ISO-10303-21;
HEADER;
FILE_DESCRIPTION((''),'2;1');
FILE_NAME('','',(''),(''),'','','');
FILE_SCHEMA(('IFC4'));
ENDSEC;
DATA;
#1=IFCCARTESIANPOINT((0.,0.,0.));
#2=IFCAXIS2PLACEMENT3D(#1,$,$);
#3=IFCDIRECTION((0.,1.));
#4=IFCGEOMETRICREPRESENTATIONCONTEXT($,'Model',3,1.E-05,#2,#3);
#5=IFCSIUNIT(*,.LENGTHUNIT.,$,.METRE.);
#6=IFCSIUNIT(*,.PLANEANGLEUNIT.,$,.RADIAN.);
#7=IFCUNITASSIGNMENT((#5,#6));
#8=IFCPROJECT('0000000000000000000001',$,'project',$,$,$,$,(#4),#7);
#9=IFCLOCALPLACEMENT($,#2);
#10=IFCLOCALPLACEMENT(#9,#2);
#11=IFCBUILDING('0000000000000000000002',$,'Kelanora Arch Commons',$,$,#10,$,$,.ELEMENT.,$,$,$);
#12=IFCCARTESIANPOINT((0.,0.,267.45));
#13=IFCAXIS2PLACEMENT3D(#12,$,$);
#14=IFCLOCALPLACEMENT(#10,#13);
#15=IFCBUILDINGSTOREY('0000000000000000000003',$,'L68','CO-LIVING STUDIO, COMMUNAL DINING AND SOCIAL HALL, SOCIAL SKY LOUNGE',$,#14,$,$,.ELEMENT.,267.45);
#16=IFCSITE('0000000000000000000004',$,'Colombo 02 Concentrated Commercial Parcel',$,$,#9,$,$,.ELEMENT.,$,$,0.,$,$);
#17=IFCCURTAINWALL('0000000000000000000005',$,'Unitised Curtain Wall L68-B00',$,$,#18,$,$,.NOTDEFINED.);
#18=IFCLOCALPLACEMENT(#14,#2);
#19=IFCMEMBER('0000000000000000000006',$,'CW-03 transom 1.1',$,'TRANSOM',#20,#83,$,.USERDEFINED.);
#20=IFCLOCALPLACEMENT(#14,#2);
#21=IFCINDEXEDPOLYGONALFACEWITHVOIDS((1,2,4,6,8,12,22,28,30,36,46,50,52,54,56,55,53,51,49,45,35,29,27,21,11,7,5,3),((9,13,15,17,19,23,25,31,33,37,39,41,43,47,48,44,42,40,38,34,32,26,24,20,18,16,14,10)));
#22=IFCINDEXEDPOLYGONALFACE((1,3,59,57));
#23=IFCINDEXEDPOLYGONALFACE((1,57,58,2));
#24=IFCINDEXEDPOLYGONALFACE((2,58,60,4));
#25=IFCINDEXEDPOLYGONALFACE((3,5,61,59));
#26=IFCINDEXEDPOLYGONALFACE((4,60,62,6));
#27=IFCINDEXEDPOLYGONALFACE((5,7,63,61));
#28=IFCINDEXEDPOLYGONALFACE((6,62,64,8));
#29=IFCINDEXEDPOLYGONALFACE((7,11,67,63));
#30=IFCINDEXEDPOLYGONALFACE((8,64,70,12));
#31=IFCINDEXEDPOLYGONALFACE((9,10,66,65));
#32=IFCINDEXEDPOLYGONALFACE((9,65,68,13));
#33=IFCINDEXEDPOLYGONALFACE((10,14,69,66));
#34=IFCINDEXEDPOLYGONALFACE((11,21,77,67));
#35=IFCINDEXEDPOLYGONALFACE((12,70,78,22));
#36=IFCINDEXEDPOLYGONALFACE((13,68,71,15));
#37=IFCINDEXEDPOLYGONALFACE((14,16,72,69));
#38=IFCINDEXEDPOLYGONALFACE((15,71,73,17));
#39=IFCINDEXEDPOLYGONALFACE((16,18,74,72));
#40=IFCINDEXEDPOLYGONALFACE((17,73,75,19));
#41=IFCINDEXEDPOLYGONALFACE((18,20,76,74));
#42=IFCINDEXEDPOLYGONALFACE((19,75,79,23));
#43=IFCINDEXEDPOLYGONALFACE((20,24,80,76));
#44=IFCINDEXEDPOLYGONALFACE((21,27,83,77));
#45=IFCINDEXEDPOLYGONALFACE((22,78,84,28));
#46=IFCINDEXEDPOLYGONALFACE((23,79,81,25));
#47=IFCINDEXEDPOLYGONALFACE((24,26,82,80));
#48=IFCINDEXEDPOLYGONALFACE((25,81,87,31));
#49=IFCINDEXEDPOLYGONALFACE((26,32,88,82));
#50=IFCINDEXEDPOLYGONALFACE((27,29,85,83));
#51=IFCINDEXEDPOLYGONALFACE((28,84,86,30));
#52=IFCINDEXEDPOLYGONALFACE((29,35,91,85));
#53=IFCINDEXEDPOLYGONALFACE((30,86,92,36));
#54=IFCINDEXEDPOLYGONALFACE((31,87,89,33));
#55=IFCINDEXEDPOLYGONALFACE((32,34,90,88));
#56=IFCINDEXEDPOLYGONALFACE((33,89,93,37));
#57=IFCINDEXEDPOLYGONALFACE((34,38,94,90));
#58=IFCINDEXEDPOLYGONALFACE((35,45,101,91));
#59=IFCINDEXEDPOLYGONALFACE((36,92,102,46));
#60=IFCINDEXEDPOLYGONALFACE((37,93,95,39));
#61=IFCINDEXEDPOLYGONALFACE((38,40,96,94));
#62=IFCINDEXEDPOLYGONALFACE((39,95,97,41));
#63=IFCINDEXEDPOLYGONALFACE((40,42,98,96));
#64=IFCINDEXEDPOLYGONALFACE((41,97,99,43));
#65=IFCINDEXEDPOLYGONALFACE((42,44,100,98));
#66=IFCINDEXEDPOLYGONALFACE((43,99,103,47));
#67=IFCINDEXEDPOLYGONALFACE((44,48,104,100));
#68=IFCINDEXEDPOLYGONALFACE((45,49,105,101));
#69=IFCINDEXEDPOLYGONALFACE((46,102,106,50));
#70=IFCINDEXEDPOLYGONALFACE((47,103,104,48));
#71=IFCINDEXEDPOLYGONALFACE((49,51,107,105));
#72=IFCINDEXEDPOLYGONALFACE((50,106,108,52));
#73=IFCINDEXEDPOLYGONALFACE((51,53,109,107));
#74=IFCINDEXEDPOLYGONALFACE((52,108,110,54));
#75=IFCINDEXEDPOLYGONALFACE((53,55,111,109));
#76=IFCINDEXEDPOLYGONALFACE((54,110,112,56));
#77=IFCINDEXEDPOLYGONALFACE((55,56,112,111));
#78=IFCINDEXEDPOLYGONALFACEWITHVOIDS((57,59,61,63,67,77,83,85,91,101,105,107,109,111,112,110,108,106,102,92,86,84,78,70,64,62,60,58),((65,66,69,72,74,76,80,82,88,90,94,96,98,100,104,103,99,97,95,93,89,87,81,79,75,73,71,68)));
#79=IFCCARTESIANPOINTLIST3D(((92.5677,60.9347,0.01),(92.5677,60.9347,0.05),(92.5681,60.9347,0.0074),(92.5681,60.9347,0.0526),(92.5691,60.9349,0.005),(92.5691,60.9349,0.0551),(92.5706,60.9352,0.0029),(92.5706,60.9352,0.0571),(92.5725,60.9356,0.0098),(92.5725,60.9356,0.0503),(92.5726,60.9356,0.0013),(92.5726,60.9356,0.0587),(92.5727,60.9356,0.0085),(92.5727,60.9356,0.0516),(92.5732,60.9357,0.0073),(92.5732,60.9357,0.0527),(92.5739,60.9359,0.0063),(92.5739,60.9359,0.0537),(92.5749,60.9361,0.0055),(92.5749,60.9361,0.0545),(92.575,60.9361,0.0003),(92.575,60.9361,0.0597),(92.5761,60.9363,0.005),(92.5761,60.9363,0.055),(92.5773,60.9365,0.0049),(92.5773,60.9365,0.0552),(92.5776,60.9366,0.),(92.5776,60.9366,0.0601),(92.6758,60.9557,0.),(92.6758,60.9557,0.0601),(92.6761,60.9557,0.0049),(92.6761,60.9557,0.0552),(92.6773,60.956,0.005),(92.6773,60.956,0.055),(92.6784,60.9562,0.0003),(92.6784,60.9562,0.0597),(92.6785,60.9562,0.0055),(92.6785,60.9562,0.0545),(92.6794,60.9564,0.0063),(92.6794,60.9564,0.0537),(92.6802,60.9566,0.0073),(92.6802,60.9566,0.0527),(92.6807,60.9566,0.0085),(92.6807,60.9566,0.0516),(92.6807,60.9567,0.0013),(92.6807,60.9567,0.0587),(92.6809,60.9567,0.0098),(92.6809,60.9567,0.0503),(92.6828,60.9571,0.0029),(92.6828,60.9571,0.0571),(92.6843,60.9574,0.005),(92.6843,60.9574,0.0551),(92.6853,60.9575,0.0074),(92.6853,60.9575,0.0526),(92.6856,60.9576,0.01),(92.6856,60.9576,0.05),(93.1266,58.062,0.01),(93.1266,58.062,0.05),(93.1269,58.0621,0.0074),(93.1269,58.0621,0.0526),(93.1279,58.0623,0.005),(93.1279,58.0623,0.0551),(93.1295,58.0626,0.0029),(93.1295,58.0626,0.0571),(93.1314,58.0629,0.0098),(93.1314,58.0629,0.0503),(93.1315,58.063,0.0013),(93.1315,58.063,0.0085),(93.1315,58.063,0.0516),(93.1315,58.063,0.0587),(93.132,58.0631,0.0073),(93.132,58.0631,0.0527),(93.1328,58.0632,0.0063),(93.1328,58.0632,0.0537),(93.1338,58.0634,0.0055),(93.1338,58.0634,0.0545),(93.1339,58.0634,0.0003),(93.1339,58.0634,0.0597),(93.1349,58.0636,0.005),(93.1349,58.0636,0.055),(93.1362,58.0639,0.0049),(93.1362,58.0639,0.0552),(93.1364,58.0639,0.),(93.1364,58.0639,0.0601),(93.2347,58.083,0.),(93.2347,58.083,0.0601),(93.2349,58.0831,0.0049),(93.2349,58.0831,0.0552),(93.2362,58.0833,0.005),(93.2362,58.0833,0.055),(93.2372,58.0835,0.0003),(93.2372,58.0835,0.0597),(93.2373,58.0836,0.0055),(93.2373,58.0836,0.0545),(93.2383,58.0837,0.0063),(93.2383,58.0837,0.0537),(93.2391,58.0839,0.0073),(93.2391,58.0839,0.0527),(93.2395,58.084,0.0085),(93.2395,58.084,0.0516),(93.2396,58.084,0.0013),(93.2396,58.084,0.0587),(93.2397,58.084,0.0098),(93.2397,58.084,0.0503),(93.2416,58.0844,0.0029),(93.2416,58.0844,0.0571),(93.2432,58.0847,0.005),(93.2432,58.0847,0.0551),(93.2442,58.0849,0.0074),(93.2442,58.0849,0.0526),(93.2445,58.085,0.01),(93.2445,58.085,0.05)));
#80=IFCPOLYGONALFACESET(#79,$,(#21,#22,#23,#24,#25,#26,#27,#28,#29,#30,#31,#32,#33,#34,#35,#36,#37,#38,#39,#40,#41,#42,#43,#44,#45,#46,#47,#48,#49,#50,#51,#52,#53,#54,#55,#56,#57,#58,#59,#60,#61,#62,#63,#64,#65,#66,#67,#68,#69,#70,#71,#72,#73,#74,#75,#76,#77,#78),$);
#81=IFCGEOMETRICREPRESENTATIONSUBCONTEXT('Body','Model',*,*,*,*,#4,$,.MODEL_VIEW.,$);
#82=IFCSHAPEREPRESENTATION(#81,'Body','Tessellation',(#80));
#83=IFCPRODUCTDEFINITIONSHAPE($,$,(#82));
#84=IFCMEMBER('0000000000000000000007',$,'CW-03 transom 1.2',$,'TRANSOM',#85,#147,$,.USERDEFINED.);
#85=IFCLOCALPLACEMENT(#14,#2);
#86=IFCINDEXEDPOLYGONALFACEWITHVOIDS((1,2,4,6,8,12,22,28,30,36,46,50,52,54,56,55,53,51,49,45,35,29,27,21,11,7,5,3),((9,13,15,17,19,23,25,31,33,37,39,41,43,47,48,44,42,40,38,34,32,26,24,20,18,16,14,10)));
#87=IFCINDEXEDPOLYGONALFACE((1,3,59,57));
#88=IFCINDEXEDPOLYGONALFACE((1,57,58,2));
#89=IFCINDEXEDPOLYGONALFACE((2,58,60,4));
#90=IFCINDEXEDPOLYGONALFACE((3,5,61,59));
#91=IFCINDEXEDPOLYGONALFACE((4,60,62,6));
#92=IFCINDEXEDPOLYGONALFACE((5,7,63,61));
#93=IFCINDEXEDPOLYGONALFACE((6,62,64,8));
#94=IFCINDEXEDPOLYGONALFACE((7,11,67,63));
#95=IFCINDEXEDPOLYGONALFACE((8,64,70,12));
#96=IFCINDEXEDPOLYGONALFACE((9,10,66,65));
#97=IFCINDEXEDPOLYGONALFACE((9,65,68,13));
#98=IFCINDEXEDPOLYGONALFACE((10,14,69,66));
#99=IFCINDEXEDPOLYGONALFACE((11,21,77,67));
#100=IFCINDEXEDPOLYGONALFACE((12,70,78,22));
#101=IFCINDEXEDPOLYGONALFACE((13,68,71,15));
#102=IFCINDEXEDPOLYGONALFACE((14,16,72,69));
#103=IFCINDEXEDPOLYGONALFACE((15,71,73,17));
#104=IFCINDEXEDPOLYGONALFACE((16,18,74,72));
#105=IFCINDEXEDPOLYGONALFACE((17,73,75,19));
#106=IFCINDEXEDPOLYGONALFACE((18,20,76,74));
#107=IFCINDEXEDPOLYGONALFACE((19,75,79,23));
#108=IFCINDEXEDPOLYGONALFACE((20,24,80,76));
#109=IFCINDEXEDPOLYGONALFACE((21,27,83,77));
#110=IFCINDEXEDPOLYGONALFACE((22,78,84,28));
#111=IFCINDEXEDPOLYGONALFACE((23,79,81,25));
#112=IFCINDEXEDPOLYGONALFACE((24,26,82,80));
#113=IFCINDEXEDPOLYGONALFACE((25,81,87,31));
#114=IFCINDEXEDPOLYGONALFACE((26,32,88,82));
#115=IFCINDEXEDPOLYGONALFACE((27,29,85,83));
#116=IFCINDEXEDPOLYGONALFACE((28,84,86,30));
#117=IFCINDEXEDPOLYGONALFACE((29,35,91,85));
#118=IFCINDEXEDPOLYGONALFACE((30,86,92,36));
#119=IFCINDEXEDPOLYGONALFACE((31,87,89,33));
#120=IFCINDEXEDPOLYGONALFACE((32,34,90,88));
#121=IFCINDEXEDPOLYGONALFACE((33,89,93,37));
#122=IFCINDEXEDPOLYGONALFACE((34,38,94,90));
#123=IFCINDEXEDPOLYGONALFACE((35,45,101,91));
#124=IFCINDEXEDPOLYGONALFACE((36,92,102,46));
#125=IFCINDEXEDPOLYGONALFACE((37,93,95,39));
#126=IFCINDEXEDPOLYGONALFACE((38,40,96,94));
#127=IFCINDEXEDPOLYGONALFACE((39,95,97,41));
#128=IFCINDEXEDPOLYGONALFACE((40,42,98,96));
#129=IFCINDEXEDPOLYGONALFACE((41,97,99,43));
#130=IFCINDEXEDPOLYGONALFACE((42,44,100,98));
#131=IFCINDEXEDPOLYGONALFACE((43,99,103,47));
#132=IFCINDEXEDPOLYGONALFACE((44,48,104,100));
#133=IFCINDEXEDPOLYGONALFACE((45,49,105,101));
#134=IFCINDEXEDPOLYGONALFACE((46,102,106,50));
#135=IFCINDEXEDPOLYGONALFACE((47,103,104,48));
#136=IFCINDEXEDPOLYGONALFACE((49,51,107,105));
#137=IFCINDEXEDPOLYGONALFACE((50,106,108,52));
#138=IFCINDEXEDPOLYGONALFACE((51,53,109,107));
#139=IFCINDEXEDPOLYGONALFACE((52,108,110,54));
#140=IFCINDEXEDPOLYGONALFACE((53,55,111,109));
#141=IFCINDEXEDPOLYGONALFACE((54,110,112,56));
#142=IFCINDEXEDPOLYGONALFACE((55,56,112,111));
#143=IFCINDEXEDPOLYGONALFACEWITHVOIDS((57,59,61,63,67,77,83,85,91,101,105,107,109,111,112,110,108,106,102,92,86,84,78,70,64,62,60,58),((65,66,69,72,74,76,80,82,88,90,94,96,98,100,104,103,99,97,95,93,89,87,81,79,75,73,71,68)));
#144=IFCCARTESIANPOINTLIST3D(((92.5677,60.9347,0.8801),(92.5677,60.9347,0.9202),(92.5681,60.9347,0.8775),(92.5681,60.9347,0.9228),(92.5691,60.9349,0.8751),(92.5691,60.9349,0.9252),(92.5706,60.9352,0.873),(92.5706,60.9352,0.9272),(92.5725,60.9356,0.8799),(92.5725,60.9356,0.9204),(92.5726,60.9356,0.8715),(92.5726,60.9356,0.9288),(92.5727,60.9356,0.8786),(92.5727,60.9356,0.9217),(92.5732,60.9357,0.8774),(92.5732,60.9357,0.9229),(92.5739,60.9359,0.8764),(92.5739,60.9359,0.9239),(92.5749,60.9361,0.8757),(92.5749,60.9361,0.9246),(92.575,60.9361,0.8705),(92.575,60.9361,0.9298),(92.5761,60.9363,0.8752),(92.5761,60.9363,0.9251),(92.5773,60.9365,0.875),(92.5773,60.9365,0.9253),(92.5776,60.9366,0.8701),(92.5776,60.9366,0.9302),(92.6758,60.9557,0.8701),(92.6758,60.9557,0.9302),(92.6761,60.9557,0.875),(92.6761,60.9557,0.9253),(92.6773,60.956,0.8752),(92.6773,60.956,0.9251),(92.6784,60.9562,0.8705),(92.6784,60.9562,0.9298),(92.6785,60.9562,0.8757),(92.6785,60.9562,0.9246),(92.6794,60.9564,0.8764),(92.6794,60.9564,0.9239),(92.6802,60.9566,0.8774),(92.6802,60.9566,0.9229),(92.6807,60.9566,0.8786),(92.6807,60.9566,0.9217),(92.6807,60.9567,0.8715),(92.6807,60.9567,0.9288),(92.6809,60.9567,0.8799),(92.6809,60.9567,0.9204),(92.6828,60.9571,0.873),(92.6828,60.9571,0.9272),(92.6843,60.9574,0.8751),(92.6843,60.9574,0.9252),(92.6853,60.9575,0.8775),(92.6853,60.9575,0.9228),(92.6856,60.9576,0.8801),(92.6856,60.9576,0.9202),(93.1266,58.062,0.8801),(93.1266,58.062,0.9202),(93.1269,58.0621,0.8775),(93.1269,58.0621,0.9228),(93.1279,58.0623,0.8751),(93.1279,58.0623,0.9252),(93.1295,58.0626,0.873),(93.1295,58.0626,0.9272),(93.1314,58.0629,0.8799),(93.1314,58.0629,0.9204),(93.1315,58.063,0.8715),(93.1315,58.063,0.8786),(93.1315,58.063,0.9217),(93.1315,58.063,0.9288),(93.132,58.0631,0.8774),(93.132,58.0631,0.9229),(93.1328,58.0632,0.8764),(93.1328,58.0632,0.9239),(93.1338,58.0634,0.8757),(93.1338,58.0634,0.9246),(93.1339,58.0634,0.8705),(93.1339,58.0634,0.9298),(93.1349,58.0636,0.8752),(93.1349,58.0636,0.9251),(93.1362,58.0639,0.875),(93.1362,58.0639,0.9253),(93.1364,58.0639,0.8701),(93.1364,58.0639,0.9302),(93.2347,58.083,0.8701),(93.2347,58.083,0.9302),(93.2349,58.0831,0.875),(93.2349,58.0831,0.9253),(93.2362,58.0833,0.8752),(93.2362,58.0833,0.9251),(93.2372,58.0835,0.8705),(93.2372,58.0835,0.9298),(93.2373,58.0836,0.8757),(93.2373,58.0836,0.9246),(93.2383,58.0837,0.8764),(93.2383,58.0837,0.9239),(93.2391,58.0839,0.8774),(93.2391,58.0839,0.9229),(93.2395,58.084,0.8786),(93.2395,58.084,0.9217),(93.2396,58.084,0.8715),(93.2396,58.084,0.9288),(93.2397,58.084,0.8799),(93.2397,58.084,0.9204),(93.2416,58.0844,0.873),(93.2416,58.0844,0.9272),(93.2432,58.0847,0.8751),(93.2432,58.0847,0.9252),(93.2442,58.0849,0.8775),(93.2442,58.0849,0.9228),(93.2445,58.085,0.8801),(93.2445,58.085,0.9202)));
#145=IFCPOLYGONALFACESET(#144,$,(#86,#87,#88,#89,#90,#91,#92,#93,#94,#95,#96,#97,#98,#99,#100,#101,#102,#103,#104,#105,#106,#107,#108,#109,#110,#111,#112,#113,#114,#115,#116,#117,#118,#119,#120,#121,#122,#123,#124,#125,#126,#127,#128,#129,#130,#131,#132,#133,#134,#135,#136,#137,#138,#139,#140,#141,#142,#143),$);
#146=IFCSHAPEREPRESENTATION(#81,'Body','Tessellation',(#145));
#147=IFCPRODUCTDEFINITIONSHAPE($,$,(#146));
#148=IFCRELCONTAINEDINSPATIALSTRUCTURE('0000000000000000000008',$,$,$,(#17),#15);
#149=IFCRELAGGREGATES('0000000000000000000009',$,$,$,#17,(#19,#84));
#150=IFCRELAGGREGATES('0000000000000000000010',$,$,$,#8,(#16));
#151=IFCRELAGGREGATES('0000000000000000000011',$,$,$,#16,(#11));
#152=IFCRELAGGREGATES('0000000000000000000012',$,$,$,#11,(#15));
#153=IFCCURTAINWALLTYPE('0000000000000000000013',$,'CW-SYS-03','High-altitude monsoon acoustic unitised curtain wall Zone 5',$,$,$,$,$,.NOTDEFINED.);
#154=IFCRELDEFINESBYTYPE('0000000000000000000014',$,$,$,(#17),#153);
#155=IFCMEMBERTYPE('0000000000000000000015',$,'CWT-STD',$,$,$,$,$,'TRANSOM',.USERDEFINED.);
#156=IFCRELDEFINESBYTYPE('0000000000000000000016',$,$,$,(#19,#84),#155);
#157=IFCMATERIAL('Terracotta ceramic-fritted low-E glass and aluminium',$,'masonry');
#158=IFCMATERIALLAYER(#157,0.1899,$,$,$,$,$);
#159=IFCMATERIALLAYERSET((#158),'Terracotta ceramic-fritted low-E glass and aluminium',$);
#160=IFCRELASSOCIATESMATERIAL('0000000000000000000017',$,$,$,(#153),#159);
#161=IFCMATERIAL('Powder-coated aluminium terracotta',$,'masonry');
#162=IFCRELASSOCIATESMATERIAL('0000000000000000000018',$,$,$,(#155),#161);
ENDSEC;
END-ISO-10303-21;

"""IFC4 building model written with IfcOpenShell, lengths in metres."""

from ifc_helpers import new_model, si_unit, direction, frame, origin, origin_2d, place, context, subcontext, project, spatial, hollow_rectangle, extrude, material, layer, layer_set, material_profile, profile_set, type_object, element, aggregate, save


model = new_model("IFC4")

# Units and contexts
model_context = context("Model", 3, precision=1e-05, world=origin(), true_north=direction((0.0, 1.0)))
body_context = subcontext(model_context, "Body", "Model", "MODEL_VIEW")
ifc_project = project(units=[si_unit("LENGTHUNIT", "METRE"), si_unit("PLANEANGLEUNIT", "RADIAN")], contexts=[model_context])

# Site, building, storey
site_placement = place(None, origin())
site = spatial("IfcSite", under=ifc_project, at=site_placement, Name="Colombo 02 Concentrated Commercial Parcel", CompositionType="ELEMENT", RefElevation=0.0)
building_placement = place(site_placement, origin())
building = spatial("IfcBuilding", under=site, at=building_placement, Name="Kelanora Arch Commons", CompositionType="ELEMENT")
storey_placement = place(building_placement, frame((0.0, 0.0, 267.45)))
storey = spatial("IfcBuildingStorey", under=building, at=storey_placement, Name="L68", Description="CO-LIVING STUDIO, COMMUNAL DINING AND SOCIAL HALL, SOCIAL SKY LOUNGE", CompositionType="ELEMENT", Elevation=267.45)

# Curtain wall, members
ifc_material_1 = material(Name="Terracotta ceramic-fritted low-E glass and aluminium", Category="masonry")
ifc_layer_1 = layer(ifc_material_1, 0.1899)
ifc_layer_set_1 = layer_set([ifc_layer_1], Name="Terracotta ceramic-fritted low-E glass and aluminium")
curtain_wall_type = type_object("IfcCurtainWallType", Name="CW-SYS-03", Description="High-altitude monsoon acoustic unitised curtain wall Zone 5", PredefinedType="NOTDEFINED", material=ifc_layer_set_1)
curtain_wall_placement = place(storey_placement, origin())
curtain_wall = element("IfcCurtainWall", 1, at=curtain_wall_placement, inside=storey, type_object=curtain_wall_type, Name="Unitised Curtain Wall L68-B00", PredefinedType="NOTDEFINED")
ifc_material_2 = material(Name="Powder-coated aluminium terracotta", Category="masonry")
ifc_material_profile_1 = material_profile(ifc_material_2, hollow_rectangle(XDim=0.1201, YDim=0.0601, WallThickness=0.0049, InnerFilletRadius=0.0049, OuterFilletRadius=0.01, at=origin_2d()), Name="CWT120x60")
ifc_profile_set_1 = profile_set([ifc_material_profile_1], Name="Powder-coated aluminium terracotta")
member_type_1 = type_object("IfcMemberType", Name="CWT-STD", ElementType="TRANSOM", PredefinedType="USERDEFINED", material=ifc_profile_set_1)
member_1_placement = place(storey_placement, frame((93.1855, 58.0735, 0.03), z_axis=(-0.190963, 0.981597, 0.0), x_axis=(-0.981597, -0.190963, 0.0)))
member_1 = element("IfcMember", 2, at=member_1_placement, type_object=member_type_1, Name="CW-03 transom 1.1", ObjectType="TRANSOM", PredefinedType="USERDEFINED", context=body_context, shape_type="SweptSolid", body=[
    extrude(hollow_rectangle(XDim=0.1201, YDim=0.0601, WallThickness=0.0049, InnerFilletRadius=0.0049, OuterFilletRadius=0.01, at=origin_2d()), origin(), (0.0, 0.0, 1.0), 2.9265),
])
member_2_placement = place(storey_placement, frame((93.1855, 58.0735, 0.9001), z_axis=(-0.190963, 0.981597, 0.0), x_axis=(-0.981597, -0.190963, 0.0)))
member_2 = element("IfcMember", 3, at=member_2_placement, type_object=member_type_1, Name="CW-03 transom 1.2", ObjectType="TRANSOM", PredefinedType="USERDEFINED", context=body_context, shape_type="SweptSolid", body=[
    extrude(hollow_rectangle(XDim=0.1201, YDim=0.0601, WallThickness=0.0049, InnerFilletRadius=0.0049, OuterFilletRadius=0.01, at=origin_2d()), origin(), (0.0, 0.0, 1.0), 2.9265),
])
aggregate(curtain_wall, [member_1, member_2])

save(model, "model.ifc")
